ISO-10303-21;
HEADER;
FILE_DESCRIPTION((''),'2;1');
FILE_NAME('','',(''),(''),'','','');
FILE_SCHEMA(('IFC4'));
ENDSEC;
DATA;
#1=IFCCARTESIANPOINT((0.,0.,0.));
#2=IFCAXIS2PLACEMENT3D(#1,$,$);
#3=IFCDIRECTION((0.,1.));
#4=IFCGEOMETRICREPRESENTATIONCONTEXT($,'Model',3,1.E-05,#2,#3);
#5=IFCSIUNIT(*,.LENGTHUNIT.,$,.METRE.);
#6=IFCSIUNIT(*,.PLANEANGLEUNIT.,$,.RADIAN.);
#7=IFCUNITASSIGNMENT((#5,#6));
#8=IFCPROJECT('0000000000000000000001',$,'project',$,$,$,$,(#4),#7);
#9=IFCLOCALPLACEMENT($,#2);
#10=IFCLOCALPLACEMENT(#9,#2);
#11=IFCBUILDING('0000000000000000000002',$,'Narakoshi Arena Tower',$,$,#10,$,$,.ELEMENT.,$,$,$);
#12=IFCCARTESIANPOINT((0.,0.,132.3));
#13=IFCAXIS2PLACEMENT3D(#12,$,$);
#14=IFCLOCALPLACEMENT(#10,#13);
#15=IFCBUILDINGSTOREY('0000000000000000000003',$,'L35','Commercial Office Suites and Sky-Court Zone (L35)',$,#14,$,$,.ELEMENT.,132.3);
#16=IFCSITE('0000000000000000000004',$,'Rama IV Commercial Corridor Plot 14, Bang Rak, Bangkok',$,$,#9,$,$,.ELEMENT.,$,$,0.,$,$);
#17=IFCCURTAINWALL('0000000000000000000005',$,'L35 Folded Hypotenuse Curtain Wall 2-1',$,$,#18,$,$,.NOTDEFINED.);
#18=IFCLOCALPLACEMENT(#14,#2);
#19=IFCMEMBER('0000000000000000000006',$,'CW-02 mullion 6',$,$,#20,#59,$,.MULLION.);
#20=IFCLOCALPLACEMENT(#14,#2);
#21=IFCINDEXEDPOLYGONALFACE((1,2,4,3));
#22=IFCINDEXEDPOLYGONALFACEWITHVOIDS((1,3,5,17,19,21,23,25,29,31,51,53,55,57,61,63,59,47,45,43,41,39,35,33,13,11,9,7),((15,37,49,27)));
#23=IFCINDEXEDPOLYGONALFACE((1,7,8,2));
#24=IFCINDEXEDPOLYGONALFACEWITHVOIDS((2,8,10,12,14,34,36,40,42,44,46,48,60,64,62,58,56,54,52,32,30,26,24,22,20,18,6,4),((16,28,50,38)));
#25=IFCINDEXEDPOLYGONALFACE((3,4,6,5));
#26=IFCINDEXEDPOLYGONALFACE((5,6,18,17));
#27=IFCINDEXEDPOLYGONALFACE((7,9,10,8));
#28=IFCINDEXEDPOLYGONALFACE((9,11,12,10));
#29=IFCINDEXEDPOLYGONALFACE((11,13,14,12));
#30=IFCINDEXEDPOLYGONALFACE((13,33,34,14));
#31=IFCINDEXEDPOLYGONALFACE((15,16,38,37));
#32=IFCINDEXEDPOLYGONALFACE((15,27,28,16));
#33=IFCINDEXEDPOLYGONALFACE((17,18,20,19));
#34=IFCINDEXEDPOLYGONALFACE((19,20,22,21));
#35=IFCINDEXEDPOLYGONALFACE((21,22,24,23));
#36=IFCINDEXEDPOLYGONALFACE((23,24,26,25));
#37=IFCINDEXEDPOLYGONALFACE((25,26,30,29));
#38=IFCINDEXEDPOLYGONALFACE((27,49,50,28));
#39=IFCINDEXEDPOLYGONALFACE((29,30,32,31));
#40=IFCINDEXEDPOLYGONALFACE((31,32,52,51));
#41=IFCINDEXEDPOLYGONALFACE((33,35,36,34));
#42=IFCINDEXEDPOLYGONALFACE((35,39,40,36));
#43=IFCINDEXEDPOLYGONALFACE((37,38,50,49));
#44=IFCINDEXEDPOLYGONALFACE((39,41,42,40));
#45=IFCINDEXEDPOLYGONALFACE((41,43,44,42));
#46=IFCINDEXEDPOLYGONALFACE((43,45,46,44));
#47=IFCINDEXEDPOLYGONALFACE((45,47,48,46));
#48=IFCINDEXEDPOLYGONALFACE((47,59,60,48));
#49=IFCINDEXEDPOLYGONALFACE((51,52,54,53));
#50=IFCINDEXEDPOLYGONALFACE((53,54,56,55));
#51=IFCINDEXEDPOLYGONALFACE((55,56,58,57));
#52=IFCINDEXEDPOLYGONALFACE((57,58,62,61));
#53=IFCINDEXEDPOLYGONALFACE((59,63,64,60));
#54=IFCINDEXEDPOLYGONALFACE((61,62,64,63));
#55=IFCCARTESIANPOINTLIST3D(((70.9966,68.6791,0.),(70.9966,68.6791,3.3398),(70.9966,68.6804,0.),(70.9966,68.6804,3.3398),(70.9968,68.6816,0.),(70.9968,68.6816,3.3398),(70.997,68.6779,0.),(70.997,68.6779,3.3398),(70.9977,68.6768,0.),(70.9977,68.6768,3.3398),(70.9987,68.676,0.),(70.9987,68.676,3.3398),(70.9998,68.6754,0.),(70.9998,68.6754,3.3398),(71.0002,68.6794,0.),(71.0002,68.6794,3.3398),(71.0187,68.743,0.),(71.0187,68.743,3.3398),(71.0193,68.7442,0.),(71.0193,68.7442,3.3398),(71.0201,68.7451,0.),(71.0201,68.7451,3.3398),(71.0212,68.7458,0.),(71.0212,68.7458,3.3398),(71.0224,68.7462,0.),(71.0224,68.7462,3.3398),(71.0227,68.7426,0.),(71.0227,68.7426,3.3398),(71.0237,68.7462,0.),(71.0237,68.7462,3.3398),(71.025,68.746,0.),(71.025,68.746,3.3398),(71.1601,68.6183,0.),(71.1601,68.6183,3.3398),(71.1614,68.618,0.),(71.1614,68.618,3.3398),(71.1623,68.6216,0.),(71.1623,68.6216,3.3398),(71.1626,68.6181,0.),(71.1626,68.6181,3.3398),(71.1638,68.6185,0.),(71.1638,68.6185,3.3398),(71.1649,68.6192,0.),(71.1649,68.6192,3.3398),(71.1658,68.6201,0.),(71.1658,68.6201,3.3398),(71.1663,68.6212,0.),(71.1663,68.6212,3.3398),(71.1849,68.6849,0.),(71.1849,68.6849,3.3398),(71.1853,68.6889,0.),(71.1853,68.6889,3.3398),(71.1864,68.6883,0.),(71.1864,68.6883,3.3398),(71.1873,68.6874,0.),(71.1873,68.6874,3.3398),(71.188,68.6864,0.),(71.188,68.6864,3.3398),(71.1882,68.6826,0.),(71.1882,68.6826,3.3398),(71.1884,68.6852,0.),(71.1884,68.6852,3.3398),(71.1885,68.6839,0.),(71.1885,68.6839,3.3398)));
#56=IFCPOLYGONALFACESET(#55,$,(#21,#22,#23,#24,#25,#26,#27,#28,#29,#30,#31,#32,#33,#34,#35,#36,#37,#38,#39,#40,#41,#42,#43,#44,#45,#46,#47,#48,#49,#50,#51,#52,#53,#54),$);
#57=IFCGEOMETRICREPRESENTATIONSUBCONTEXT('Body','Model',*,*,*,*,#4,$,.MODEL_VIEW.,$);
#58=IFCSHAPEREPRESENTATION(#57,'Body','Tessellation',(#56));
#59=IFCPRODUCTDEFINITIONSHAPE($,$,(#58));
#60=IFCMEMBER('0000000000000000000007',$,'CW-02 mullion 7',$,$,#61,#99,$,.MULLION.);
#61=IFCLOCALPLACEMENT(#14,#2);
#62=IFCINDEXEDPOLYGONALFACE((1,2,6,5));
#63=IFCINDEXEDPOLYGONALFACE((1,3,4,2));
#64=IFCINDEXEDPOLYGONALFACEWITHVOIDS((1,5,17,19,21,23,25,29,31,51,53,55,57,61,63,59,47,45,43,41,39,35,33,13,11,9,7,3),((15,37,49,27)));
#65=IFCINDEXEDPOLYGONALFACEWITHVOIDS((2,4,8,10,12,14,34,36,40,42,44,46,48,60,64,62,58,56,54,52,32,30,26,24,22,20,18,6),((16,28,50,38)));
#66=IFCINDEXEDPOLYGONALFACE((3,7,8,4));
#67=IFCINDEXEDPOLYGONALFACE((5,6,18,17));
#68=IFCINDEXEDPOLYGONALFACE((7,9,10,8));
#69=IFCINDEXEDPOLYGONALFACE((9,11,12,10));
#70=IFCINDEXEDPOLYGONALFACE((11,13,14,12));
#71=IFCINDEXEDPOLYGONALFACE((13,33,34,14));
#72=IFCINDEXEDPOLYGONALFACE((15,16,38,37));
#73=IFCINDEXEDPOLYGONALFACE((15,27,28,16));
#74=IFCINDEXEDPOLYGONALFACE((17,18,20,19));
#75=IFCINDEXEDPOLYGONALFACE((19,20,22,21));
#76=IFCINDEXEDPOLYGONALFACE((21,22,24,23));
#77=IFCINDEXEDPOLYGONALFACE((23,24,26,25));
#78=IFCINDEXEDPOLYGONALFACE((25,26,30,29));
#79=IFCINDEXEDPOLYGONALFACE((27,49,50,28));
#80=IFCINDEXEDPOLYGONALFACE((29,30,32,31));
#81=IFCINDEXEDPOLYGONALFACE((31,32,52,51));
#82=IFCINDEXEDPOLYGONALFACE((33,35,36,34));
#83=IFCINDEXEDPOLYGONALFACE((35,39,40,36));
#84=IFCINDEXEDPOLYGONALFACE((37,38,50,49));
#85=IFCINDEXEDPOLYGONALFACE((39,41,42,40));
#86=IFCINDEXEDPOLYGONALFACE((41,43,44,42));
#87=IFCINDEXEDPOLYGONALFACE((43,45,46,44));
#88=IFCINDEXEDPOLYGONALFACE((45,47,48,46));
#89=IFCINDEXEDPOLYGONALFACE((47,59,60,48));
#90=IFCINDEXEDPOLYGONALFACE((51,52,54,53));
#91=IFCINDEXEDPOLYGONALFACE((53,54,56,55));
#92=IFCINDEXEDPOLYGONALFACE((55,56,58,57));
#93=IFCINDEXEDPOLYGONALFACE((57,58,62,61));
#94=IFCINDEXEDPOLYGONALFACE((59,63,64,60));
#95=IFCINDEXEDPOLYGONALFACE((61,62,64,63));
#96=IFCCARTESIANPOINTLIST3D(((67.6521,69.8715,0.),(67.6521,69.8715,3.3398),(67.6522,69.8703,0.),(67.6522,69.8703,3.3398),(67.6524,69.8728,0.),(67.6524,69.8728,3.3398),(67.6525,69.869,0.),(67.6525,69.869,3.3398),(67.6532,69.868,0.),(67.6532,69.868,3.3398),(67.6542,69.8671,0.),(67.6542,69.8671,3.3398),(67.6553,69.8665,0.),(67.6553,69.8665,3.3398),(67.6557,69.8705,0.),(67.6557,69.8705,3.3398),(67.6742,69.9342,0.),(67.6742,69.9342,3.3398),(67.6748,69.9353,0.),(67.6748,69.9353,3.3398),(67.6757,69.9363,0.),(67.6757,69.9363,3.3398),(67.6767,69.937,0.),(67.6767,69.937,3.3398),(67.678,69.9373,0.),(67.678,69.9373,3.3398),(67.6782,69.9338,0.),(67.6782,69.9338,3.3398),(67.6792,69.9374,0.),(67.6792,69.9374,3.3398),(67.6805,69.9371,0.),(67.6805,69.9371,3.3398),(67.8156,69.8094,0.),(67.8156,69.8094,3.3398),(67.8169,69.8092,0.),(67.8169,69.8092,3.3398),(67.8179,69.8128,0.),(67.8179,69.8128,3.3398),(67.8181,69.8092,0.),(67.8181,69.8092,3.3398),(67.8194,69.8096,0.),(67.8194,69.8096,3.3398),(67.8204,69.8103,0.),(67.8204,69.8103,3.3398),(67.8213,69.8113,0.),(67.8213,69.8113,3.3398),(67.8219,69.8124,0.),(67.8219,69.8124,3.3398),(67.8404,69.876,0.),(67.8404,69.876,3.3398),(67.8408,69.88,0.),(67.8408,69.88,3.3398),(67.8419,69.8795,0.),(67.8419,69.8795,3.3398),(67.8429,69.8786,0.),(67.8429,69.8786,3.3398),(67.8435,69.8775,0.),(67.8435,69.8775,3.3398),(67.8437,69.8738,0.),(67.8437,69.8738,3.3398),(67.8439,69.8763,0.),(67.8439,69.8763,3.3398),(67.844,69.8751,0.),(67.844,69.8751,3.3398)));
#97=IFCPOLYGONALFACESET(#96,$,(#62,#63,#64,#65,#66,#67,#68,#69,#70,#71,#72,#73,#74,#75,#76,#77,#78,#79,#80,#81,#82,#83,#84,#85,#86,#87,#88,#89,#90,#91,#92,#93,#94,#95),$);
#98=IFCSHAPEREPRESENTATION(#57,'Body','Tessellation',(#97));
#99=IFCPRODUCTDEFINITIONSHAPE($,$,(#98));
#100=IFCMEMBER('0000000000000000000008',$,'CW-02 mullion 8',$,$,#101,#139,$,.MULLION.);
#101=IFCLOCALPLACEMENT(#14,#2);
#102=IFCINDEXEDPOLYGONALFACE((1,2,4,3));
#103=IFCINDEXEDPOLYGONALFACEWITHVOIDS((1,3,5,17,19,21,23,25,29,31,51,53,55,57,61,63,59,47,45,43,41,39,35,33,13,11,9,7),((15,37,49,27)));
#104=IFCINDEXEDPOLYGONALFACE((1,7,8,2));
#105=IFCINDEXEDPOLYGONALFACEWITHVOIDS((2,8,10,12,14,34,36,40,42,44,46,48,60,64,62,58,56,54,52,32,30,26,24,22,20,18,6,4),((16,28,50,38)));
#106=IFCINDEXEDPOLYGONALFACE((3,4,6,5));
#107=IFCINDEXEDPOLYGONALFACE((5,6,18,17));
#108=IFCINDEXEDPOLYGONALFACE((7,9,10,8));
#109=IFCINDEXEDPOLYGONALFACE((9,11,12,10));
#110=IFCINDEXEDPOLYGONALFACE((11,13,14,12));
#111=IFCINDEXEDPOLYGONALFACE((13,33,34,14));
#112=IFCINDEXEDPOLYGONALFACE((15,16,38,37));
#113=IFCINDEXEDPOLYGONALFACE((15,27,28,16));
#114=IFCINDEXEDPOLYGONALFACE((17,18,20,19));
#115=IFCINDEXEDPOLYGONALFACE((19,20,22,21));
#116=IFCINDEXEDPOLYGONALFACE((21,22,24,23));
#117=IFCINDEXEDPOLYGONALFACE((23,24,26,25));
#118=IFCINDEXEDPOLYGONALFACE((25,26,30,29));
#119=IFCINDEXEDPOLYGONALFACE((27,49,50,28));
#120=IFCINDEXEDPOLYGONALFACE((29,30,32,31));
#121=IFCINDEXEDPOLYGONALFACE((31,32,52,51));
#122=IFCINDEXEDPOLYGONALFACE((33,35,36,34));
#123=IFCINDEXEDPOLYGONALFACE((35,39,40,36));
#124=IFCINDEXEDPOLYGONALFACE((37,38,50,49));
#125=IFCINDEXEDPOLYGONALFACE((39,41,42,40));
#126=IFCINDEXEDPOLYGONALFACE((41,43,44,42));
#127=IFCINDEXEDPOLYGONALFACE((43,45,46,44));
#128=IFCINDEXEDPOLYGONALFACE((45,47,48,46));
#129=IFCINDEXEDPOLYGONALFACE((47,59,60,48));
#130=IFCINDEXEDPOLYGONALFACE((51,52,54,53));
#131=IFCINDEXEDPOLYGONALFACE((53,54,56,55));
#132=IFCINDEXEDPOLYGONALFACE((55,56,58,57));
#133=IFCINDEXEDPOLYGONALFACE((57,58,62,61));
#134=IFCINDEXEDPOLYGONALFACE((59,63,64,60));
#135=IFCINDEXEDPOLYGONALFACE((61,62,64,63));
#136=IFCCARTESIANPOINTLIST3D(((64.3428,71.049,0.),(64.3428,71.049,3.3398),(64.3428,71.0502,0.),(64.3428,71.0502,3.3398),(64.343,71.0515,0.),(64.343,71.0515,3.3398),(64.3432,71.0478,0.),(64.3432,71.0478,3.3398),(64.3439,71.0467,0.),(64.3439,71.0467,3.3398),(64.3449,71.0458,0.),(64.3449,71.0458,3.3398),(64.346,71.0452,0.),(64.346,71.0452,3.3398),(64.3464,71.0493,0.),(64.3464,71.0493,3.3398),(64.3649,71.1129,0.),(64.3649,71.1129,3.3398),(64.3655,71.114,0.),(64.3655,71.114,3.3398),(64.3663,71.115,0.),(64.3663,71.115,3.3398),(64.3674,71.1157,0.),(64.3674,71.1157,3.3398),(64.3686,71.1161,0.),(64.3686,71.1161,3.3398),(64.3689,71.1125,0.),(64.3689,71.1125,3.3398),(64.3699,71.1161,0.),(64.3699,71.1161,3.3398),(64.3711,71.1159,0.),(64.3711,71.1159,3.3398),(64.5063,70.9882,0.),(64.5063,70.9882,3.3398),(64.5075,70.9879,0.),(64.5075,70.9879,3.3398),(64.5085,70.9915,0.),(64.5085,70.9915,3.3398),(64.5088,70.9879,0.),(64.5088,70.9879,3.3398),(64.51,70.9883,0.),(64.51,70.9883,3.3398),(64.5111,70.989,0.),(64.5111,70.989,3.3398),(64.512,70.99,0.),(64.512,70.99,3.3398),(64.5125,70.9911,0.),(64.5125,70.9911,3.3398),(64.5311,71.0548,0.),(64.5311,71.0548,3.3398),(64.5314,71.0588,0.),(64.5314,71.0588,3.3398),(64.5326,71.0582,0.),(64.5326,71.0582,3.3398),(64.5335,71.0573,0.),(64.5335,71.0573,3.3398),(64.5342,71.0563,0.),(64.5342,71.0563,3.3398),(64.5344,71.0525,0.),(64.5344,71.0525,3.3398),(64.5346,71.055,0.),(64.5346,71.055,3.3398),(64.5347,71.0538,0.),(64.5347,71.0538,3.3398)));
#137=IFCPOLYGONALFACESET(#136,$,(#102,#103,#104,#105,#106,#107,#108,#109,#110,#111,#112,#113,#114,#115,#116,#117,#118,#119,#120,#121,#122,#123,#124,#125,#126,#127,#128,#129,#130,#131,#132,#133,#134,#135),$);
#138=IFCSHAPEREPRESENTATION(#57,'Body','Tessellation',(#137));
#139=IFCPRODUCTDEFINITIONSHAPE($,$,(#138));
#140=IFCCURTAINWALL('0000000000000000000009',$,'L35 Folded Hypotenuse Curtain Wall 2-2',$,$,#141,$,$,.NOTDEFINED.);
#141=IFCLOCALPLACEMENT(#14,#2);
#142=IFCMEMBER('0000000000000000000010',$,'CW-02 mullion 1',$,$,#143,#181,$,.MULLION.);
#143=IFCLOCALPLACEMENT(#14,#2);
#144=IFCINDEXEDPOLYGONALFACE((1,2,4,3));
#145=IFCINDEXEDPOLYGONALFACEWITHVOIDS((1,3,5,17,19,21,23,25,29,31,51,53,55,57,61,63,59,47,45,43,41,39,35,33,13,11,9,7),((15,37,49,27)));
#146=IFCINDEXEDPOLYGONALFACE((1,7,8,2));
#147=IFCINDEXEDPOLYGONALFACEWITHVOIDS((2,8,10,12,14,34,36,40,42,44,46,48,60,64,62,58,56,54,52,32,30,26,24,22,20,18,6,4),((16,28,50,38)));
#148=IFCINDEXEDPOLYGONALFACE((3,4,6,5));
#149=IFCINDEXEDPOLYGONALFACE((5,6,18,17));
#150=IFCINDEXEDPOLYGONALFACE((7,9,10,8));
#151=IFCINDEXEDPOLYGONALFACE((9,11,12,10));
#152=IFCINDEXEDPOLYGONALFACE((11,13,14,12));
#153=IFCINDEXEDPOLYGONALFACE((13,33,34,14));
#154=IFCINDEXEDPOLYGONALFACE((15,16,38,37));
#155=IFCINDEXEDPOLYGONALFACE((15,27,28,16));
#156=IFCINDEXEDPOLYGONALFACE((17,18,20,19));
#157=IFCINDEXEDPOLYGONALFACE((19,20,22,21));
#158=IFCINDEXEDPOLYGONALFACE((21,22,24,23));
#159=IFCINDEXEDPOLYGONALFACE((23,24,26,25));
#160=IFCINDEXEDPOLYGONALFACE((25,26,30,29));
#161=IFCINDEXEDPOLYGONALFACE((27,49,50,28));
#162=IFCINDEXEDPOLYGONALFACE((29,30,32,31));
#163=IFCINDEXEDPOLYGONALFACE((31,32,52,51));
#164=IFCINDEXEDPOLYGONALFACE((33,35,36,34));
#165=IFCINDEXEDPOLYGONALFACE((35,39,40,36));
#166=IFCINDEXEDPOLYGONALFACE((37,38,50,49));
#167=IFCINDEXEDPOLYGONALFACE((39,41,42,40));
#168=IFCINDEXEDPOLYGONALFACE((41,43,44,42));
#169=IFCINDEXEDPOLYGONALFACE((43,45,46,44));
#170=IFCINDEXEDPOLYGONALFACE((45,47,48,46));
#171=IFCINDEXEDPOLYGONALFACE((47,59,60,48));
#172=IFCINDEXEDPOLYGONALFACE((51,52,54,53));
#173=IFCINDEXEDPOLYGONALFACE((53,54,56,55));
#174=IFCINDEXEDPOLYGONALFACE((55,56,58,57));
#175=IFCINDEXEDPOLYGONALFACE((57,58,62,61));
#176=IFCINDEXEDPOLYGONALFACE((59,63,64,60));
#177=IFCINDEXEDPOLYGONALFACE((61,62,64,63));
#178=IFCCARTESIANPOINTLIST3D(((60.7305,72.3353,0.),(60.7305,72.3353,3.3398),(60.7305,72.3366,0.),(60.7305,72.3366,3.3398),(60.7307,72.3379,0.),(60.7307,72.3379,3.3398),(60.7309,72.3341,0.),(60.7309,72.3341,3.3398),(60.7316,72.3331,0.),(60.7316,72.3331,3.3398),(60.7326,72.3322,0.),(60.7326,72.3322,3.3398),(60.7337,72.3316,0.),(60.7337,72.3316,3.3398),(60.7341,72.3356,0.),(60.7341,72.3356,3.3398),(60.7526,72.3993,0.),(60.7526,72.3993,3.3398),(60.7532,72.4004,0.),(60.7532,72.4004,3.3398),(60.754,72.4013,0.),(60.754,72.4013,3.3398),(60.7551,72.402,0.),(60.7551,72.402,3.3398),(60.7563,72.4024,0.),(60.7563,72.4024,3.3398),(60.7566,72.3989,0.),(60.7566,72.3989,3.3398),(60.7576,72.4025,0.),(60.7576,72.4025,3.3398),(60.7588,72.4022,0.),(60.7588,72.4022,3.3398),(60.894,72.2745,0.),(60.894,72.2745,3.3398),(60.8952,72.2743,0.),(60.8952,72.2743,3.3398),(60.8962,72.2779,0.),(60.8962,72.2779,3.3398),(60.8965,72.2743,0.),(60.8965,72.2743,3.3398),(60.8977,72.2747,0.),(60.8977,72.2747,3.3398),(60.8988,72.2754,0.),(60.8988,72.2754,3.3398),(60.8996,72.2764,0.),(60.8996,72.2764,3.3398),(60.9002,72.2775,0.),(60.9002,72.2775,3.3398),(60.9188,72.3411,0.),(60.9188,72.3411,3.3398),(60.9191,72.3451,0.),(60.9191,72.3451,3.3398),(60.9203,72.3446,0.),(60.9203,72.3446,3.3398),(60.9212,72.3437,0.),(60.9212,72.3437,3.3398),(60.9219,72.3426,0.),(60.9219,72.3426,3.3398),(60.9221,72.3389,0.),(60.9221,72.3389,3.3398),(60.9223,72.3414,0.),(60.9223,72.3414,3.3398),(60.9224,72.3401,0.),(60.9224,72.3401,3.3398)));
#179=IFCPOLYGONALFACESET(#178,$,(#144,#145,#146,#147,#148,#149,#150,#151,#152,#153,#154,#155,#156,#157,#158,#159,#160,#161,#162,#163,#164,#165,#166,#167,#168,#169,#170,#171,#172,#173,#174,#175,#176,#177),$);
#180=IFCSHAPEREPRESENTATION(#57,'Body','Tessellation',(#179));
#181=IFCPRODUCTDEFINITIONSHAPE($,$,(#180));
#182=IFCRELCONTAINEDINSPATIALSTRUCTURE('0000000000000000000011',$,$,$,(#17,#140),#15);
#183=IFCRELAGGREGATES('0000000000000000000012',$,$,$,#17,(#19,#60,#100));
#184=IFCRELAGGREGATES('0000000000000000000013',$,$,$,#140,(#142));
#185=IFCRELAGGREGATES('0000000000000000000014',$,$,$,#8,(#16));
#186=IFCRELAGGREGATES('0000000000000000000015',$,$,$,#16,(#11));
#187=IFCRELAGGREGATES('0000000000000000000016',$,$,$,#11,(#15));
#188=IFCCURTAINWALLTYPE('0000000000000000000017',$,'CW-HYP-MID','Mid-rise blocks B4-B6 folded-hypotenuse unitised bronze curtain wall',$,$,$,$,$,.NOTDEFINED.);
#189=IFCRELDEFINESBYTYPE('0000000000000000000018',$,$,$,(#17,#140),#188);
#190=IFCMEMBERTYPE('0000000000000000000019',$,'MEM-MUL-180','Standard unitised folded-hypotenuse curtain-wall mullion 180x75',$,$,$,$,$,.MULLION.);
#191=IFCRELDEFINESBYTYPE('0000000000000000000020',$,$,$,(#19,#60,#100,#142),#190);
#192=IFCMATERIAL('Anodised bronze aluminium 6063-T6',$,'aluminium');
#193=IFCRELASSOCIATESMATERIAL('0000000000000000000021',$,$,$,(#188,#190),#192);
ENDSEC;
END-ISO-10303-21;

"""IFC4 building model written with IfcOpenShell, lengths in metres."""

from ifc_helpers import new_model, si_unit, direction, frame, origin, origin_2d, place, context, subcontext, project, spatial, hollow_rectangle, extrude, material, material_profile, profile_set, type_object, element, aggregate, save


model = new_model("IFC4")

# Units and contexts
model_context = context("Model", 3, precision=1e-05, world=origin(), true_north=direction((0.0, 1.0)))
body_context = subcontext(model_context, "Body", "Model", "MODEL_VIEW")
ifc_project = project(units=[si_unit("LENGTHUNIT", "METRE"), si_unit("PLANEANGLEUNIT", "RADIAN")], contexts=[model_context])

# Site, building, storey
site_placement = place(None, origin())
site = spatial("IfcSite", under=ifc_project, at=site_placement, Name="Rama IV Commercial Corridor Plot 14, Bang Rak, Bangkok", CompositionType="ELEMENT", RefElevation=0.0)
building_placement = place(site_placement, origin())
building = spatial("IfcBuilding", under=site, at=building_placement, Name="Narakoshi Arena Tower", CompositionType="ELEMENT")
storey_placement = place(building_placement, frame((0.0, 0.0, 132.3)))
storey = spatial("IfcBuildingStorey", under=building, at=storey_placement, Name="L35", Description="Commercial Office Suites and Sky-Court Zone (L35)", CompositionType="ELEMENT", Elevation=132.3)

# Curtain walls, members
ifc_material_1 = material(Name="Anodised bronze aluminium 6063-T6", Category="aluminium")
curtain_wall_type = type_object("IfcCurtainWallType", Name="CW-HYP-MID", Description="Mid-rise blocks B4-B6 folded-hypotenuse unitised bronze curtain wall", PredefinedType="NOTDEFINED", material=ifc_material_1)
curtain_wall_1_placement = place(storey_placement, origin())
curtain_wall_1 = element("IfcCurtainWall", 1, at=curtain_wall_1_placement, inside=storey, type_object=curtain_wall_type, Name="L35 Folded Hypotenuse Curtain Wall 2-1", PredefinedType="NOTDEFINED")
ifc_material_profile_1 = material_profile(ifc_material_1, hollow_rectangle(XDim=0.075, YDim=0.1799, WallThickness=0.0039, OuterFilletRadius=0.0049, at=origin_2d()), Name="MUL180x75x4")
ifc_profile_set_1 = profile_set([ifc_material_profile_1], Name="Anodised bronze aluminium 6063-T6")
member_type_1 = type_object("IfcMemberType", Name="MEM-MUL-180", Description="Standard unitised folded-hypotenuse curtain-wall mullion 180x75", PredefinedType="MULLION", material=ifc_profile_set_1)
member_1_placement = place(storey_placement, frame((71.0925, 68.6821, 0.0), z_axis=(0.0, 0.0, 1.0), x_axis=(-0.335518, -0.942034, 0.0)))
member_1 = element("IfcMember", 2, at=member_1_placement, type_object=member_type_1, Name="CW-02 mullion 6", PredefinedType="MULLION", context=body_context, shape_type="SweptSolid", body=[
    extrude(hollow_rectangle(XDim=0.075, YDim=0.1799, WallThickness=0.0039, OuterFilletRadius=0.0049, at=origin_2d()), origin(), (0.0, 0.0, 1.0), 3.3398),
])
member_2_placement = place(storey_placement, frame((67.748, 69.8733, 0.0), z_axis=(0.0, 0.0, 1.0), x_axis=(-0.335518, -0.942034, 0.0)))
member_2 = element("IfcMember", 3, at=member_2_placement, type_object=member_type_1, Name="CW-02 mullion 7", PredefinedType="MULLION", context=body_context, shape_type="SweptSolid", body=[
    extrude(hollow_rectangle(XDim=0.075, YDim=0.1799, WallThickness=0.0039, OuterFilletRadius=0.0049, at=origin_2d()), origin(), (0.0, 0.0, 1.0), 3.3398),
])
member_3_placement = place(storey_placement, frame((64.4387, 71.052, 0.0), z_axis=(0.0, 0.0, 1.0), x_axis=(-0.335518, -0.942034, 0.0)))
member_3 = element("IfcMember", 4, at=member_3_placement, type_object=member_type_1, Name="CW-02 mullion 8", PredefinedType="MULLION", context=body_context, shape_type="SweptSolid", body=[
    extrude(hollow_rectangle(XDim=0.075, YDim=0.1799, WallThickness=0.0039, OuterFilletRadius=0.0049, at=origin_2d()), origin(), (0.0, 0.0, 1.0), 3.3398),
])
curtain_wall_2_placement = place(storey_placement, origin())
curtain_wall_2 = element("IfcCurtainWall", 5, at=curtain_wall_2_placement, inside=storey, type_object=curtain_wall_type, Name="L35 Folded Hypotenuse Curtain Wall 2-2", PredefinedType="NOTDEFINED")
member_4_placement = place(storey_placement, frame((60.8264, 72.3384, 0.0), z_axis=(0.0, 0.0, 1.0), x_axis=(-0.335542, -0.942025, 0.0)))
member_4 = element("IfcMember", 6, at=member_4_placement, type_object=member_type_1, Name="CW-02 mullion 1", PredefinedType="MULLION", context=body_context, shape_type="SweptSolid", body=[
    extrude(hollow_rectangle(XDim=0.075, YDim=0.1799, WallThickness=0.0039, OuterFilletRadius=0.0049, at=origin_2d()), origin(), (0.0, 0.0, 1.0), 3.3398),
])

aggregate(curtain_wall_1, [member_1, member_2, member_3])
aggregate(curtain_wall_2, [member_4])

save(model, "model.ifc")
